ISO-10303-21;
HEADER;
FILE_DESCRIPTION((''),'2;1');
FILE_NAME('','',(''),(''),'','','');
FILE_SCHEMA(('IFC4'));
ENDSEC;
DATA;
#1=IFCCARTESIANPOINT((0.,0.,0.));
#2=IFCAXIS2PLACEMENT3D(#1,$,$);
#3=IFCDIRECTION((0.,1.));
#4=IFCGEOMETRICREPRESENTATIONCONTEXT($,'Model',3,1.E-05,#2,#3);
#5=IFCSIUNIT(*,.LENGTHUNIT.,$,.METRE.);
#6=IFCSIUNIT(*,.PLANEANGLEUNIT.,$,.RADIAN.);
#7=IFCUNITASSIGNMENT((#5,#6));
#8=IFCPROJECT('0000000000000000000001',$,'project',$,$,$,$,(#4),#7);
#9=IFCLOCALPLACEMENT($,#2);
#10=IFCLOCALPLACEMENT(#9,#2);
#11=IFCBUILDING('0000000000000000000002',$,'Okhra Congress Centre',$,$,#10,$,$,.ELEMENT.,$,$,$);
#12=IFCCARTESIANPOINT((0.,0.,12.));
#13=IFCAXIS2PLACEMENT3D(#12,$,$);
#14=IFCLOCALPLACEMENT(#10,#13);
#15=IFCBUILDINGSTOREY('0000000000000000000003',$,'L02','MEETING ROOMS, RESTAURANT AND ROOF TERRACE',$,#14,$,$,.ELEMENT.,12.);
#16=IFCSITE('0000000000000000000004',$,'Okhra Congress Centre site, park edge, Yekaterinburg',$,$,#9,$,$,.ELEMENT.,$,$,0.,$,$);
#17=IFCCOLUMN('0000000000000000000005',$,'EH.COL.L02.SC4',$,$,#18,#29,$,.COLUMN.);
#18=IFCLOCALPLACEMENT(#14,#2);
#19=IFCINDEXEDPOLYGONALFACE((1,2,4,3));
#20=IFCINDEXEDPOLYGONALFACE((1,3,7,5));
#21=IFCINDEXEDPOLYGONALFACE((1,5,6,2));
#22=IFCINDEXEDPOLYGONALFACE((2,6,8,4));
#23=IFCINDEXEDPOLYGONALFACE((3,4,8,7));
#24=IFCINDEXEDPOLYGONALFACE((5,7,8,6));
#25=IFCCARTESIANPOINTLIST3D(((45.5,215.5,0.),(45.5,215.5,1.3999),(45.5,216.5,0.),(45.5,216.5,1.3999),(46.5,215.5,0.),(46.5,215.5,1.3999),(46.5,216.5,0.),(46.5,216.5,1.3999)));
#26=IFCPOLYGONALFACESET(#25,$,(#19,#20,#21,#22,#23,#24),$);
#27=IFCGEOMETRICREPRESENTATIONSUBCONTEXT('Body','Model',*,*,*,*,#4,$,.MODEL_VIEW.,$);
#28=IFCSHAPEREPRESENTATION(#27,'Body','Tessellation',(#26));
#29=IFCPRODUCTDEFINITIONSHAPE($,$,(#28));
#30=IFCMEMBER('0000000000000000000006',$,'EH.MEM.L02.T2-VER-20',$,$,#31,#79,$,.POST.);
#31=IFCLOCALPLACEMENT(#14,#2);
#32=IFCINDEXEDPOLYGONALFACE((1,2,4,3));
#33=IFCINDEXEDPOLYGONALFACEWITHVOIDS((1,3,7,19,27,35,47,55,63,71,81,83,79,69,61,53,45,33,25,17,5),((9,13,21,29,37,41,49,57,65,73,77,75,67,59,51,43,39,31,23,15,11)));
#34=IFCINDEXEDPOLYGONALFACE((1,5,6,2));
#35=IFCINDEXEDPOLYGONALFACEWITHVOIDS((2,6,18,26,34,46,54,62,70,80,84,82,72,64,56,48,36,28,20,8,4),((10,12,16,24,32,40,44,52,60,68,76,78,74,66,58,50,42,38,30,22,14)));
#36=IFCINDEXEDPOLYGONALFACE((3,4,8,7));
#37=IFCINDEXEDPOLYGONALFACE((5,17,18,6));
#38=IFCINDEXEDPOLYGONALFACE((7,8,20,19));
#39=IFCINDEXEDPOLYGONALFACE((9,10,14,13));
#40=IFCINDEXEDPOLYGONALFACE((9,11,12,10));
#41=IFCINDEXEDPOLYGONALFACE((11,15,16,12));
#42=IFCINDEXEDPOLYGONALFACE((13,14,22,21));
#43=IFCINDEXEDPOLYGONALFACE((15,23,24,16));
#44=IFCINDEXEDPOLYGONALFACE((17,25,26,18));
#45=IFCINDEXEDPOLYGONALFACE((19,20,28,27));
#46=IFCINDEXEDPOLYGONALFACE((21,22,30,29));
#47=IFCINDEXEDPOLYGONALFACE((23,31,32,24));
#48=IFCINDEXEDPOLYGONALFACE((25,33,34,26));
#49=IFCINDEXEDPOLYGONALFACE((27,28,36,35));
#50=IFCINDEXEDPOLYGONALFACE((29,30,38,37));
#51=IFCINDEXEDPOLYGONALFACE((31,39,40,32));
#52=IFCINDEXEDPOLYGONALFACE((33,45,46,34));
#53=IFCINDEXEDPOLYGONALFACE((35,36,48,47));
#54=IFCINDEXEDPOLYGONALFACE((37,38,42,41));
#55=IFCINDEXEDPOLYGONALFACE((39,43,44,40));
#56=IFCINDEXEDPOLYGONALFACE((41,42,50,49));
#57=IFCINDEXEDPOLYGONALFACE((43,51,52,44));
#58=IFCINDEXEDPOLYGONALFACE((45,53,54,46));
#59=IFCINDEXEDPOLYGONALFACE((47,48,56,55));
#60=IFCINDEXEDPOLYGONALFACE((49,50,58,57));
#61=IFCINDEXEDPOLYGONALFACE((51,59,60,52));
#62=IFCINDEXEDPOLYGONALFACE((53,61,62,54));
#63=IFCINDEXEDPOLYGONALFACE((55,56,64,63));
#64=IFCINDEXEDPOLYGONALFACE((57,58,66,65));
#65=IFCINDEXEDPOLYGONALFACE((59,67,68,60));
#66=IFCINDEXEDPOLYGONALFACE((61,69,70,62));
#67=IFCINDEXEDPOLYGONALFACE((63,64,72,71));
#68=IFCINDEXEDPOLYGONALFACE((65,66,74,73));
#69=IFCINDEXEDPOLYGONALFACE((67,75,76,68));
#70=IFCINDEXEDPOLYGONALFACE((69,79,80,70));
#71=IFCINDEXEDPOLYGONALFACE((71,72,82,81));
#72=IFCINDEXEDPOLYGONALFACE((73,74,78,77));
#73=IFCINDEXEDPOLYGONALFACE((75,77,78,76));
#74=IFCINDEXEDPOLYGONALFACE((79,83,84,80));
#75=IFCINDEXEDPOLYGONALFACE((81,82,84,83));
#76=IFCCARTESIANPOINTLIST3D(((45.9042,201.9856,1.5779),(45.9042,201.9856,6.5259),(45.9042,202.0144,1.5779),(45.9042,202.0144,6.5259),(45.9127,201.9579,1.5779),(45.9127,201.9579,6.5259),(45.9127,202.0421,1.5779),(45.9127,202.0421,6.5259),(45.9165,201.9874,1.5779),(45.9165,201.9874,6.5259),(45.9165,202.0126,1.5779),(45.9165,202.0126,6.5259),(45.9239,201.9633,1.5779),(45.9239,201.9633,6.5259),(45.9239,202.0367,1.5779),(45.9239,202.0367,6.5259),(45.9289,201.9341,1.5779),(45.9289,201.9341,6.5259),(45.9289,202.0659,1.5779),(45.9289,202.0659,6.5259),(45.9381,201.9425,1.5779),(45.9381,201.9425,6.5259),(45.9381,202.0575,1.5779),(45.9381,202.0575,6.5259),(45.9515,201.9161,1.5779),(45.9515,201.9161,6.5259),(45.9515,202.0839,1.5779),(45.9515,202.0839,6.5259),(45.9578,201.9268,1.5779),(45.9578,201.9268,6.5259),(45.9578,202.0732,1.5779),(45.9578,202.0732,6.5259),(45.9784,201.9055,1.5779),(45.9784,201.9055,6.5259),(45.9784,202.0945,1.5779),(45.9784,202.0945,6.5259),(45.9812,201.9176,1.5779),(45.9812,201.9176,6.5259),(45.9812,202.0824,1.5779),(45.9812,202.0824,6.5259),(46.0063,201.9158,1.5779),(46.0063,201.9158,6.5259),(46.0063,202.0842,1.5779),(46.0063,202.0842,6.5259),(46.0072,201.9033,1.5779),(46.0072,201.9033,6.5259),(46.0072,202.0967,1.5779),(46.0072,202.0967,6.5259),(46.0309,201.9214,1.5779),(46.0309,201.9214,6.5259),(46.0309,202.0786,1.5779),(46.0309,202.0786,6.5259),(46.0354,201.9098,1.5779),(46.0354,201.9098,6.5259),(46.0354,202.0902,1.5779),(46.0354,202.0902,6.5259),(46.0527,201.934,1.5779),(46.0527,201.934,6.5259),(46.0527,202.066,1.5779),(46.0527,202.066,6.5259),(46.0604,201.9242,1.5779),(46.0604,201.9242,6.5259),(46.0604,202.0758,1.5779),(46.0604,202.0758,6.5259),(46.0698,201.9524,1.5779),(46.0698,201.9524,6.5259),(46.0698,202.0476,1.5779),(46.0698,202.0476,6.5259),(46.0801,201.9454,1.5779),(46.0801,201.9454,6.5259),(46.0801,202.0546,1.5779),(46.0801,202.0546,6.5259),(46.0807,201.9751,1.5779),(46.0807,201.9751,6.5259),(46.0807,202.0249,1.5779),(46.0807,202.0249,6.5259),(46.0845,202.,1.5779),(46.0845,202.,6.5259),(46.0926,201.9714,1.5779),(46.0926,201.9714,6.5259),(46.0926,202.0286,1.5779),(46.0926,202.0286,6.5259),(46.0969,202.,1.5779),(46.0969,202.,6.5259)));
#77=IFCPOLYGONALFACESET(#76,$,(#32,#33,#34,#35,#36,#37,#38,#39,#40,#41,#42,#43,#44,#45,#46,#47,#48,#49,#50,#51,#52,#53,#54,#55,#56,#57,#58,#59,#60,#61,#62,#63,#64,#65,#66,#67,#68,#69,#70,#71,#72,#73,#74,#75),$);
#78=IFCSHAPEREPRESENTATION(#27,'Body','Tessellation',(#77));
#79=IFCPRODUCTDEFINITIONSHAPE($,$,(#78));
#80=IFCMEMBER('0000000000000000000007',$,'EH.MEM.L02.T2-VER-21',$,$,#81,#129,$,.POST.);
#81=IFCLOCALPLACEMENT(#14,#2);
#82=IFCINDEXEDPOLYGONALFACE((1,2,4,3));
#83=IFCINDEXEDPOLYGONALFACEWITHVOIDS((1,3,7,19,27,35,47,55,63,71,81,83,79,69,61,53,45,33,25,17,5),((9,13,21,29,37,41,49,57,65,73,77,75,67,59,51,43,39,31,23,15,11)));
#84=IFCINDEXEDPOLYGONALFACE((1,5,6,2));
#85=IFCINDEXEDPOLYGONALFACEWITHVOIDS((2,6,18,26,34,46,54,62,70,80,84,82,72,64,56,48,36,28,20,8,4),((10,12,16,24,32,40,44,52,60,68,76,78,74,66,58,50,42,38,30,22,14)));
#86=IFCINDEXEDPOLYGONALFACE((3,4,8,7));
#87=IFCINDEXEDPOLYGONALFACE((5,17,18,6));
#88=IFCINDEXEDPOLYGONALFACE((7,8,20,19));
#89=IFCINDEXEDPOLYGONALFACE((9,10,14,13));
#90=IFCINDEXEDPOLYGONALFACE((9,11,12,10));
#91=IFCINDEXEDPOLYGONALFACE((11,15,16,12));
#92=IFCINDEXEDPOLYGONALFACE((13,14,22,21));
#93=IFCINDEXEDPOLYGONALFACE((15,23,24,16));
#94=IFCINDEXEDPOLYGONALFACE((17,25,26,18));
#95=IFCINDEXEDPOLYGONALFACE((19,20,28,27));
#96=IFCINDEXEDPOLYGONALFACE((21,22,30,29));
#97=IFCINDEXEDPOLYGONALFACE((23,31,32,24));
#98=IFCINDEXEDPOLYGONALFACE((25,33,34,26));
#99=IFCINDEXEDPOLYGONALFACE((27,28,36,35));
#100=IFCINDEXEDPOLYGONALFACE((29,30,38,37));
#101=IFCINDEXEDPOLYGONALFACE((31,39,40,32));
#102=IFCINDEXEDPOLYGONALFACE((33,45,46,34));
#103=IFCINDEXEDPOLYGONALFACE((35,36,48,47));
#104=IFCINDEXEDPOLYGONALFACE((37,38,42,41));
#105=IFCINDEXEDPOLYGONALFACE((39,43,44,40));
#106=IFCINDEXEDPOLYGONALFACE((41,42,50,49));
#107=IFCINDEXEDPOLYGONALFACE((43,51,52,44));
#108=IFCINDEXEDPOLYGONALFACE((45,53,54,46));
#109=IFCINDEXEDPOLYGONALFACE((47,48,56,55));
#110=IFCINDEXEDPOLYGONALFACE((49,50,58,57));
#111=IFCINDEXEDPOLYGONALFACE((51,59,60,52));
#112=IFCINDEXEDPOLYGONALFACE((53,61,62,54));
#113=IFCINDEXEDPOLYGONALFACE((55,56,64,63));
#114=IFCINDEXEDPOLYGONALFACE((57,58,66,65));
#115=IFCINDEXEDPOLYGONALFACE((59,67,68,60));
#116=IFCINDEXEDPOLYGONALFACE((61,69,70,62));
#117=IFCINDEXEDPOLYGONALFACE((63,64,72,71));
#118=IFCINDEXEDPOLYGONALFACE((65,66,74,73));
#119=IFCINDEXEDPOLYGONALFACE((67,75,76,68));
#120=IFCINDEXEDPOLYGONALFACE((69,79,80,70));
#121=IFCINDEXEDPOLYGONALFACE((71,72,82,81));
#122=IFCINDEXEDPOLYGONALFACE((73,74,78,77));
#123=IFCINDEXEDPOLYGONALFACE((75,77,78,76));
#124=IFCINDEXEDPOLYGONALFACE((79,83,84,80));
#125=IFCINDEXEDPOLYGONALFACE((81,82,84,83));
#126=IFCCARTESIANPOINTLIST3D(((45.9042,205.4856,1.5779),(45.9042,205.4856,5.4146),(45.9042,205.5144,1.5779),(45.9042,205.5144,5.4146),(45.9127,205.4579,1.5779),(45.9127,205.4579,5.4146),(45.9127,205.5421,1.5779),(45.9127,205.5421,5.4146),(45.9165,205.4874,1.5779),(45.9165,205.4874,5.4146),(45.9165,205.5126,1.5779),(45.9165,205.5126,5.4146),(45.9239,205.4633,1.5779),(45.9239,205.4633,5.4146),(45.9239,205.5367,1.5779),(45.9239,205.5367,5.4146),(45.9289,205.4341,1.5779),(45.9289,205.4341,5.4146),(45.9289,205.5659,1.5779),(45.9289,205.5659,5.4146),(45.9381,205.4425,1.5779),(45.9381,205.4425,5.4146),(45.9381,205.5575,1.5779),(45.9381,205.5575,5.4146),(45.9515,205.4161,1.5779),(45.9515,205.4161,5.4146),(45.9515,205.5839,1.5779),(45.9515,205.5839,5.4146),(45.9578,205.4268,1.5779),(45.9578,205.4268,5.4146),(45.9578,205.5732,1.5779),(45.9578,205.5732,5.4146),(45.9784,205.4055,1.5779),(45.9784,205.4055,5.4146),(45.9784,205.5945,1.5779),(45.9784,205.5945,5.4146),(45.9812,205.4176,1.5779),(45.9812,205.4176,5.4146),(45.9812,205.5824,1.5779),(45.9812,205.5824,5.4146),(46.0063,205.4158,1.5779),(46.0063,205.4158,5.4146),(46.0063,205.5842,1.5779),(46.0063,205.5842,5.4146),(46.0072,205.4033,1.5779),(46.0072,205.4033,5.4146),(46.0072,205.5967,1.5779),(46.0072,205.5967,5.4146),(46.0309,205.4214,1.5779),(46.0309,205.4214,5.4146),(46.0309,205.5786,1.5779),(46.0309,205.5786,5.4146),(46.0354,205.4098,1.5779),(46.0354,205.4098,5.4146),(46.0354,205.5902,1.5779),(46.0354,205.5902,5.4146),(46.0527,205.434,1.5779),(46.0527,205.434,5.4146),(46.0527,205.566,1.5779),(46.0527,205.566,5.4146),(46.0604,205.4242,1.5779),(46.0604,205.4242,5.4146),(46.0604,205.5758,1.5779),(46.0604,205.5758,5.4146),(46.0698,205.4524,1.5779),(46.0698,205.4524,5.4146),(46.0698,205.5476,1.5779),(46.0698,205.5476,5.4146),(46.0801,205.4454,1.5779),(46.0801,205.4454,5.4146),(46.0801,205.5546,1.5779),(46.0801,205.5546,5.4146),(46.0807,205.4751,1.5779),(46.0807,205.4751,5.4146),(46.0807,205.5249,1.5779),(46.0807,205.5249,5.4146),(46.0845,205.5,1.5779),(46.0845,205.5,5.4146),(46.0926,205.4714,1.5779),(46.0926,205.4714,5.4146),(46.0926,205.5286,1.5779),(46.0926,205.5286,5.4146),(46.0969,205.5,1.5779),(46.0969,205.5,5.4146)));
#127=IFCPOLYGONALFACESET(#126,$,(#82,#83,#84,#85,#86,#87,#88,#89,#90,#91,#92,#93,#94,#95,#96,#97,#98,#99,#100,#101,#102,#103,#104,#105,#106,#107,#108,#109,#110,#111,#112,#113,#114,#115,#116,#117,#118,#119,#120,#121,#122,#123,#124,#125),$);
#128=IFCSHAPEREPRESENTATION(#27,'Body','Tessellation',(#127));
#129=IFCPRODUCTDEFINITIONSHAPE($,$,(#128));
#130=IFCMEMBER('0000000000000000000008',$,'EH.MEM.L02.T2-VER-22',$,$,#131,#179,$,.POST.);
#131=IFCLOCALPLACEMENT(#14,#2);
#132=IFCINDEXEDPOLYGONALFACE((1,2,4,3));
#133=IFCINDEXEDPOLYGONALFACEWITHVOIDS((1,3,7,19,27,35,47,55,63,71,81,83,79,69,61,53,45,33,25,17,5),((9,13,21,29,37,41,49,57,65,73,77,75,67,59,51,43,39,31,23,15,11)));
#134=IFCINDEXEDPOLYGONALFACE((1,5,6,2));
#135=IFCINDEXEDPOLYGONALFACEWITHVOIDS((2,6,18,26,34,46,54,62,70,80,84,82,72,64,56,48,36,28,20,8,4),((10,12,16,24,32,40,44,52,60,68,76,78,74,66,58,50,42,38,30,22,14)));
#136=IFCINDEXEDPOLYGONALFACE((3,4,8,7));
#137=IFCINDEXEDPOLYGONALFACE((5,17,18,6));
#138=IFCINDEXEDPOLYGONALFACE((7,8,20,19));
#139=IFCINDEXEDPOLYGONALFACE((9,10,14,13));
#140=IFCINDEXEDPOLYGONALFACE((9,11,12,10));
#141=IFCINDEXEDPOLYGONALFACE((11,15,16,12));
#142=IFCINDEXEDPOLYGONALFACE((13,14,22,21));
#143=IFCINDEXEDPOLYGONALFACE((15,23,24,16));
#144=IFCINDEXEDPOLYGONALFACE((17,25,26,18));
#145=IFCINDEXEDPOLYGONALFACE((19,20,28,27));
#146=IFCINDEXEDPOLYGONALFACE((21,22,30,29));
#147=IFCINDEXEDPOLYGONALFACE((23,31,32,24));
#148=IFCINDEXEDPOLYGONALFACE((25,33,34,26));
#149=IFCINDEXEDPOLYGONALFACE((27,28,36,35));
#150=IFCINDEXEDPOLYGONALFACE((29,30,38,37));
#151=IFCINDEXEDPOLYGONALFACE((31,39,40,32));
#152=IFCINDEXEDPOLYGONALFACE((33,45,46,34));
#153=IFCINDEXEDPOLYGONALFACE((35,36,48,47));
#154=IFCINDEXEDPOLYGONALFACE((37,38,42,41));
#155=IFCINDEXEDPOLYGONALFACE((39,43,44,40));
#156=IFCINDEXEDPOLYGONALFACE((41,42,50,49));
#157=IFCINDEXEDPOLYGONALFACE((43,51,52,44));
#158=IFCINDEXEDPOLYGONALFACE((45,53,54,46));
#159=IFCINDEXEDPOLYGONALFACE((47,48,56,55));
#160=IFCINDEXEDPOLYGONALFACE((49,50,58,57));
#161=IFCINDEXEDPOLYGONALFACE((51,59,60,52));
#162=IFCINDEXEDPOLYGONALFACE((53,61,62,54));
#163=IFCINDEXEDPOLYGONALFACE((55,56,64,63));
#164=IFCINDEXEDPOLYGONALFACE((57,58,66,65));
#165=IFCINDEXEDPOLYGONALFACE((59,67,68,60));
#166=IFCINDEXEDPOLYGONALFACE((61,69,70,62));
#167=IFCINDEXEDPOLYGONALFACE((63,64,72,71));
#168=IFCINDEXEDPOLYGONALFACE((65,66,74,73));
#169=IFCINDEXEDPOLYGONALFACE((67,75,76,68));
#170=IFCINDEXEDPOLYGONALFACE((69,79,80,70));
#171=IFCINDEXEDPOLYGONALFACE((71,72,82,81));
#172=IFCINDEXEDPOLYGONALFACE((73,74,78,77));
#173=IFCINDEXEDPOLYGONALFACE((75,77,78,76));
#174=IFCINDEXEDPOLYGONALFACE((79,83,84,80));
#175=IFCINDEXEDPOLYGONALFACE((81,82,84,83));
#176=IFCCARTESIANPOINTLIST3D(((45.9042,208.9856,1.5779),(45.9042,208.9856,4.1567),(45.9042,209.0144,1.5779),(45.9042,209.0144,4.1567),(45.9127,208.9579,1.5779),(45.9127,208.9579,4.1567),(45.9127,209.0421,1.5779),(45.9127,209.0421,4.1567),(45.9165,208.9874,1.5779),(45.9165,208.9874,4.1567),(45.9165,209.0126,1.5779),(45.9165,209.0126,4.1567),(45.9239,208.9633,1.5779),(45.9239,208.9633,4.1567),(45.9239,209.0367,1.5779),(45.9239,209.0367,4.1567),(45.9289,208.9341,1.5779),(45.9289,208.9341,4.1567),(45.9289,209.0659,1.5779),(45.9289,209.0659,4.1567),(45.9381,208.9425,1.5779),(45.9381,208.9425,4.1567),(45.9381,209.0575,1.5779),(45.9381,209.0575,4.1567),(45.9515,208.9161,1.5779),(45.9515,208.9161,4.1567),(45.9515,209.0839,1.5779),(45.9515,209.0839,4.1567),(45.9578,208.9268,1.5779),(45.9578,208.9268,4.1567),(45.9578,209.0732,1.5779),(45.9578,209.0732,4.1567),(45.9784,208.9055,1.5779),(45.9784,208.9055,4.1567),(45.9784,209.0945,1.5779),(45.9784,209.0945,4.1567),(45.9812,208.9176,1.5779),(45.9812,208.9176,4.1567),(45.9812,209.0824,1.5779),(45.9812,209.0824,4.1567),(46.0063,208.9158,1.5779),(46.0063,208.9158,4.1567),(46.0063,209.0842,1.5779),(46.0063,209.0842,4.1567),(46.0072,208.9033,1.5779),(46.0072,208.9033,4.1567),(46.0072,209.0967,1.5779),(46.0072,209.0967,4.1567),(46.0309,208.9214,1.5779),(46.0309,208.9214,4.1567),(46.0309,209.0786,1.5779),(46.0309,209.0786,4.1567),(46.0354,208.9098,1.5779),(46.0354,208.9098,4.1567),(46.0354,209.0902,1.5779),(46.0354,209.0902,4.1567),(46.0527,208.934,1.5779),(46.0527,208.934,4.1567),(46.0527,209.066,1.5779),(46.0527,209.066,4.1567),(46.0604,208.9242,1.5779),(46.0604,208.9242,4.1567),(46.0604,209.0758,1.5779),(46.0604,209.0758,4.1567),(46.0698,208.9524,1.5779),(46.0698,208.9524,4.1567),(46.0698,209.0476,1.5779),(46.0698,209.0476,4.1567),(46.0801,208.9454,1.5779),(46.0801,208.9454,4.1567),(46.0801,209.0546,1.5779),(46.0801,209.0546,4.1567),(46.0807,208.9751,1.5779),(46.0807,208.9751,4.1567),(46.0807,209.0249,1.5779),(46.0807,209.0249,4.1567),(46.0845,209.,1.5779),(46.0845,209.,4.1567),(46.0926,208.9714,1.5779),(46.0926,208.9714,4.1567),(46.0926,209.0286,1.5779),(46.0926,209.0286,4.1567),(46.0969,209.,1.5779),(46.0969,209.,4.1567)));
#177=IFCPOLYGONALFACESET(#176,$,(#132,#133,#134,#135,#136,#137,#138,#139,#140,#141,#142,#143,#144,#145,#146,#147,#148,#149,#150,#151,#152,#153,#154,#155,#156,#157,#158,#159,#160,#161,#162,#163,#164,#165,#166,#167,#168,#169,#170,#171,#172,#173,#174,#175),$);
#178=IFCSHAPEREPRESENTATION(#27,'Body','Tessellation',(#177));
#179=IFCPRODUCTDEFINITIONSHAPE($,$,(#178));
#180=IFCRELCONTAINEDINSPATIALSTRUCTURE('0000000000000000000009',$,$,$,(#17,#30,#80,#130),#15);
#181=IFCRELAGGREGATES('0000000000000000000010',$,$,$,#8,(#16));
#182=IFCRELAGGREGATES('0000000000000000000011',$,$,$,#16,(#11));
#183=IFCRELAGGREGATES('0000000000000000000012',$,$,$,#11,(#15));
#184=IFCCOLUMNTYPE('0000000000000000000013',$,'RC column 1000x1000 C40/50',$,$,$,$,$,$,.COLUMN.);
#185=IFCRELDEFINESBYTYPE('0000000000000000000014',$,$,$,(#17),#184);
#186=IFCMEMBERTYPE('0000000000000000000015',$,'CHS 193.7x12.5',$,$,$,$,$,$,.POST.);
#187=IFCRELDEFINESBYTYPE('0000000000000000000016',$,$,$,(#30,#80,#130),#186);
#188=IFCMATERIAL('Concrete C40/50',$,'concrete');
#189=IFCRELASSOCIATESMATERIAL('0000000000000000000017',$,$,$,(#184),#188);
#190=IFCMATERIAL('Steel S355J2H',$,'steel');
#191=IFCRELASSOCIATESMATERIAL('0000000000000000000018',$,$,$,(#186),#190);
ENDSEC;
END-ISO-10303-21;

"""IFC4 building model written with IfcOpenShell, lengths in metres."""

from ifc_helpers import new_model, si_unit, direction, frame, origin, origin_2d, place, context, subcontext, project, spatial, rectangle, hollow_circle, extrude, material, material_profile, profile_set, type_object, element, save


model = new_model("IFC4")

# Units and contexts
model_context = context("Model", 3, precision=1e-05, world=origin(), true_north=direction((0.0, 1.0)))
body_context = subcontext(model_context, "Body", "Model", "MODEL_VIEW")
ifc_project = project(units=[si_unit("LENGTHUNIT", "METRE"), si_unit("PLANEANGLEUNIT", "RADIAN")], contexts=[model_context])

# Site, building, storey
site_placement = place(None, origin())
site = spatial("IfcSite", under=ifc_project, at=site_placement, Name="Okhra Congress Centre site, park edge, Yekaterinburg", CompositionType="ELEMENT", RefElevation=0.0)
building_placement = place(site_placement, origin())
building = spatial("IfcBuilding", under=site, at=building_placement, Name="Okhra Congress Centre", CompositionType="ELEMENT")
storey_placement = place(building_placement, frame((0.0, 0.0, 12.0)))
storey = spatial("IfcBuildingStorey", under=building, at=storey_placement, Name="L02", Description="MEETING ROOMS, RESTAURANT AND ROOF TERRACE", CompositionType="ELEMENT", Elevation=12.0)

# Column
ifc_material_1 = material(Name="Concrete C40/50", Category="concrete")
ifc_material_profile_1 = material_profile(ifc_material_1, rectangle(XDim=1.0, YDim=1.0, at=origin_2d()), Name="RC 1000x1000")
ifc_profile_set_1 = profile_set([ifc_material_profile_1], Name="Concrete C40/50")
column_type = type_object("IfcColumnType", Name="RC column 1000x1000 C40/50", PredefinedType="COLUMN", material=ifc_profile_set_1)
column_placement = place(storey_placement, frame((46.0, 216.0, 0.0), z_axis=(0.0, 0.0, 1.0), x_axis=(1.0, 0.0, 0.0)))
element("IfcColumn", 1, at=column_placement, inside=storey, type_object=column_type, Name="EH.COL.L02.SC4", PredefinedType="COLUMN", context=body_context, shape_type="SweptSolid", body=[
    extrude(rectangle(XDim=1.0, YDim=1.0, at=origin_2d()), origin(), (0.0, 0.0, 1.0), 1.3999),
])

# Members
ifc_material_2 = material(Name="Steel S355J2H", Category="steel")
ifc_material_profile_2 = material_profile(ifc_material_2, hollow_circle(Radius=0.0969, WallThickness=0.0125, at=origin_2d()), Name="CHS 193.7x12.5")
ifc_profile_set_2 = profile_set([ifc_material_profile_2], Name="Steel S355J2H")
member_type_1 = type_object("IfcMemberType", Name="CHS 193.7x12.5", PredefinedType="POST", material=ifc_profile_set_2)
member_1_placement = place(storey_placement, frame((46.0, 202.0, 1.5779), z_axis=(0.0, 0.0, 1.0), x_axis=(1.0, 0.0, 0.0)))
element("IfcMember", 2, at=member_1_placement, inside=storey, type_object=member_type_1, Name="EH.MEM.L02.T2-VER-20", PredefinedType="POST", context=body_context, shape_type="SweptSolid", body=[
    extrude(hollow_circle(Radius=0.0969, WallThickness=0.0125, at=origin_2d()), origin(), (0.0, 0.0, 1.0), 4.948),
])
member_2_placement = place(storey_placement, frame((46.0, 205.5, 1.5779), z_axis=(0.0, 0.0, 1.0), x_axis=(1.0, 0.0, 0.0)))
element("IfcMember", 3, at=member_2_placement, inside=storey, type_object=member_type_1, Name="EH.MEM.L02.T2-VER-21", PredefinedType="POST", context=body_context, shape_type="SweptSolid", body=[
    extrude(hollow_circle(Radius=0.0969, WallThickness=0.0125, at=origin_2d()), origin(), (0.0, 0.0, 1.0), 3.8367),
])
member_3_placement = place(storey_placement, frame((46.0, 209.0, 1.5779), z_axis=(0.0, 0.0, 1.0), x_axis=(1.0, 0.0, 0.0)))
element("IfcMember", 4, at=member_3_placement, inside=storey, type_object=member_type_1, Name="EH.MEM.L02.T2-VER-22", PredefinedType="POST", context=body_context, shape_type="SweptSolid", body=[
    extrude(hollow_circle(Radius=0.0969, WallThickness=0.0125, at=origin_2d()), origin(), (0.0, 0.0, 1.0), 2.5789),
])

save(model, "model.ifc")
